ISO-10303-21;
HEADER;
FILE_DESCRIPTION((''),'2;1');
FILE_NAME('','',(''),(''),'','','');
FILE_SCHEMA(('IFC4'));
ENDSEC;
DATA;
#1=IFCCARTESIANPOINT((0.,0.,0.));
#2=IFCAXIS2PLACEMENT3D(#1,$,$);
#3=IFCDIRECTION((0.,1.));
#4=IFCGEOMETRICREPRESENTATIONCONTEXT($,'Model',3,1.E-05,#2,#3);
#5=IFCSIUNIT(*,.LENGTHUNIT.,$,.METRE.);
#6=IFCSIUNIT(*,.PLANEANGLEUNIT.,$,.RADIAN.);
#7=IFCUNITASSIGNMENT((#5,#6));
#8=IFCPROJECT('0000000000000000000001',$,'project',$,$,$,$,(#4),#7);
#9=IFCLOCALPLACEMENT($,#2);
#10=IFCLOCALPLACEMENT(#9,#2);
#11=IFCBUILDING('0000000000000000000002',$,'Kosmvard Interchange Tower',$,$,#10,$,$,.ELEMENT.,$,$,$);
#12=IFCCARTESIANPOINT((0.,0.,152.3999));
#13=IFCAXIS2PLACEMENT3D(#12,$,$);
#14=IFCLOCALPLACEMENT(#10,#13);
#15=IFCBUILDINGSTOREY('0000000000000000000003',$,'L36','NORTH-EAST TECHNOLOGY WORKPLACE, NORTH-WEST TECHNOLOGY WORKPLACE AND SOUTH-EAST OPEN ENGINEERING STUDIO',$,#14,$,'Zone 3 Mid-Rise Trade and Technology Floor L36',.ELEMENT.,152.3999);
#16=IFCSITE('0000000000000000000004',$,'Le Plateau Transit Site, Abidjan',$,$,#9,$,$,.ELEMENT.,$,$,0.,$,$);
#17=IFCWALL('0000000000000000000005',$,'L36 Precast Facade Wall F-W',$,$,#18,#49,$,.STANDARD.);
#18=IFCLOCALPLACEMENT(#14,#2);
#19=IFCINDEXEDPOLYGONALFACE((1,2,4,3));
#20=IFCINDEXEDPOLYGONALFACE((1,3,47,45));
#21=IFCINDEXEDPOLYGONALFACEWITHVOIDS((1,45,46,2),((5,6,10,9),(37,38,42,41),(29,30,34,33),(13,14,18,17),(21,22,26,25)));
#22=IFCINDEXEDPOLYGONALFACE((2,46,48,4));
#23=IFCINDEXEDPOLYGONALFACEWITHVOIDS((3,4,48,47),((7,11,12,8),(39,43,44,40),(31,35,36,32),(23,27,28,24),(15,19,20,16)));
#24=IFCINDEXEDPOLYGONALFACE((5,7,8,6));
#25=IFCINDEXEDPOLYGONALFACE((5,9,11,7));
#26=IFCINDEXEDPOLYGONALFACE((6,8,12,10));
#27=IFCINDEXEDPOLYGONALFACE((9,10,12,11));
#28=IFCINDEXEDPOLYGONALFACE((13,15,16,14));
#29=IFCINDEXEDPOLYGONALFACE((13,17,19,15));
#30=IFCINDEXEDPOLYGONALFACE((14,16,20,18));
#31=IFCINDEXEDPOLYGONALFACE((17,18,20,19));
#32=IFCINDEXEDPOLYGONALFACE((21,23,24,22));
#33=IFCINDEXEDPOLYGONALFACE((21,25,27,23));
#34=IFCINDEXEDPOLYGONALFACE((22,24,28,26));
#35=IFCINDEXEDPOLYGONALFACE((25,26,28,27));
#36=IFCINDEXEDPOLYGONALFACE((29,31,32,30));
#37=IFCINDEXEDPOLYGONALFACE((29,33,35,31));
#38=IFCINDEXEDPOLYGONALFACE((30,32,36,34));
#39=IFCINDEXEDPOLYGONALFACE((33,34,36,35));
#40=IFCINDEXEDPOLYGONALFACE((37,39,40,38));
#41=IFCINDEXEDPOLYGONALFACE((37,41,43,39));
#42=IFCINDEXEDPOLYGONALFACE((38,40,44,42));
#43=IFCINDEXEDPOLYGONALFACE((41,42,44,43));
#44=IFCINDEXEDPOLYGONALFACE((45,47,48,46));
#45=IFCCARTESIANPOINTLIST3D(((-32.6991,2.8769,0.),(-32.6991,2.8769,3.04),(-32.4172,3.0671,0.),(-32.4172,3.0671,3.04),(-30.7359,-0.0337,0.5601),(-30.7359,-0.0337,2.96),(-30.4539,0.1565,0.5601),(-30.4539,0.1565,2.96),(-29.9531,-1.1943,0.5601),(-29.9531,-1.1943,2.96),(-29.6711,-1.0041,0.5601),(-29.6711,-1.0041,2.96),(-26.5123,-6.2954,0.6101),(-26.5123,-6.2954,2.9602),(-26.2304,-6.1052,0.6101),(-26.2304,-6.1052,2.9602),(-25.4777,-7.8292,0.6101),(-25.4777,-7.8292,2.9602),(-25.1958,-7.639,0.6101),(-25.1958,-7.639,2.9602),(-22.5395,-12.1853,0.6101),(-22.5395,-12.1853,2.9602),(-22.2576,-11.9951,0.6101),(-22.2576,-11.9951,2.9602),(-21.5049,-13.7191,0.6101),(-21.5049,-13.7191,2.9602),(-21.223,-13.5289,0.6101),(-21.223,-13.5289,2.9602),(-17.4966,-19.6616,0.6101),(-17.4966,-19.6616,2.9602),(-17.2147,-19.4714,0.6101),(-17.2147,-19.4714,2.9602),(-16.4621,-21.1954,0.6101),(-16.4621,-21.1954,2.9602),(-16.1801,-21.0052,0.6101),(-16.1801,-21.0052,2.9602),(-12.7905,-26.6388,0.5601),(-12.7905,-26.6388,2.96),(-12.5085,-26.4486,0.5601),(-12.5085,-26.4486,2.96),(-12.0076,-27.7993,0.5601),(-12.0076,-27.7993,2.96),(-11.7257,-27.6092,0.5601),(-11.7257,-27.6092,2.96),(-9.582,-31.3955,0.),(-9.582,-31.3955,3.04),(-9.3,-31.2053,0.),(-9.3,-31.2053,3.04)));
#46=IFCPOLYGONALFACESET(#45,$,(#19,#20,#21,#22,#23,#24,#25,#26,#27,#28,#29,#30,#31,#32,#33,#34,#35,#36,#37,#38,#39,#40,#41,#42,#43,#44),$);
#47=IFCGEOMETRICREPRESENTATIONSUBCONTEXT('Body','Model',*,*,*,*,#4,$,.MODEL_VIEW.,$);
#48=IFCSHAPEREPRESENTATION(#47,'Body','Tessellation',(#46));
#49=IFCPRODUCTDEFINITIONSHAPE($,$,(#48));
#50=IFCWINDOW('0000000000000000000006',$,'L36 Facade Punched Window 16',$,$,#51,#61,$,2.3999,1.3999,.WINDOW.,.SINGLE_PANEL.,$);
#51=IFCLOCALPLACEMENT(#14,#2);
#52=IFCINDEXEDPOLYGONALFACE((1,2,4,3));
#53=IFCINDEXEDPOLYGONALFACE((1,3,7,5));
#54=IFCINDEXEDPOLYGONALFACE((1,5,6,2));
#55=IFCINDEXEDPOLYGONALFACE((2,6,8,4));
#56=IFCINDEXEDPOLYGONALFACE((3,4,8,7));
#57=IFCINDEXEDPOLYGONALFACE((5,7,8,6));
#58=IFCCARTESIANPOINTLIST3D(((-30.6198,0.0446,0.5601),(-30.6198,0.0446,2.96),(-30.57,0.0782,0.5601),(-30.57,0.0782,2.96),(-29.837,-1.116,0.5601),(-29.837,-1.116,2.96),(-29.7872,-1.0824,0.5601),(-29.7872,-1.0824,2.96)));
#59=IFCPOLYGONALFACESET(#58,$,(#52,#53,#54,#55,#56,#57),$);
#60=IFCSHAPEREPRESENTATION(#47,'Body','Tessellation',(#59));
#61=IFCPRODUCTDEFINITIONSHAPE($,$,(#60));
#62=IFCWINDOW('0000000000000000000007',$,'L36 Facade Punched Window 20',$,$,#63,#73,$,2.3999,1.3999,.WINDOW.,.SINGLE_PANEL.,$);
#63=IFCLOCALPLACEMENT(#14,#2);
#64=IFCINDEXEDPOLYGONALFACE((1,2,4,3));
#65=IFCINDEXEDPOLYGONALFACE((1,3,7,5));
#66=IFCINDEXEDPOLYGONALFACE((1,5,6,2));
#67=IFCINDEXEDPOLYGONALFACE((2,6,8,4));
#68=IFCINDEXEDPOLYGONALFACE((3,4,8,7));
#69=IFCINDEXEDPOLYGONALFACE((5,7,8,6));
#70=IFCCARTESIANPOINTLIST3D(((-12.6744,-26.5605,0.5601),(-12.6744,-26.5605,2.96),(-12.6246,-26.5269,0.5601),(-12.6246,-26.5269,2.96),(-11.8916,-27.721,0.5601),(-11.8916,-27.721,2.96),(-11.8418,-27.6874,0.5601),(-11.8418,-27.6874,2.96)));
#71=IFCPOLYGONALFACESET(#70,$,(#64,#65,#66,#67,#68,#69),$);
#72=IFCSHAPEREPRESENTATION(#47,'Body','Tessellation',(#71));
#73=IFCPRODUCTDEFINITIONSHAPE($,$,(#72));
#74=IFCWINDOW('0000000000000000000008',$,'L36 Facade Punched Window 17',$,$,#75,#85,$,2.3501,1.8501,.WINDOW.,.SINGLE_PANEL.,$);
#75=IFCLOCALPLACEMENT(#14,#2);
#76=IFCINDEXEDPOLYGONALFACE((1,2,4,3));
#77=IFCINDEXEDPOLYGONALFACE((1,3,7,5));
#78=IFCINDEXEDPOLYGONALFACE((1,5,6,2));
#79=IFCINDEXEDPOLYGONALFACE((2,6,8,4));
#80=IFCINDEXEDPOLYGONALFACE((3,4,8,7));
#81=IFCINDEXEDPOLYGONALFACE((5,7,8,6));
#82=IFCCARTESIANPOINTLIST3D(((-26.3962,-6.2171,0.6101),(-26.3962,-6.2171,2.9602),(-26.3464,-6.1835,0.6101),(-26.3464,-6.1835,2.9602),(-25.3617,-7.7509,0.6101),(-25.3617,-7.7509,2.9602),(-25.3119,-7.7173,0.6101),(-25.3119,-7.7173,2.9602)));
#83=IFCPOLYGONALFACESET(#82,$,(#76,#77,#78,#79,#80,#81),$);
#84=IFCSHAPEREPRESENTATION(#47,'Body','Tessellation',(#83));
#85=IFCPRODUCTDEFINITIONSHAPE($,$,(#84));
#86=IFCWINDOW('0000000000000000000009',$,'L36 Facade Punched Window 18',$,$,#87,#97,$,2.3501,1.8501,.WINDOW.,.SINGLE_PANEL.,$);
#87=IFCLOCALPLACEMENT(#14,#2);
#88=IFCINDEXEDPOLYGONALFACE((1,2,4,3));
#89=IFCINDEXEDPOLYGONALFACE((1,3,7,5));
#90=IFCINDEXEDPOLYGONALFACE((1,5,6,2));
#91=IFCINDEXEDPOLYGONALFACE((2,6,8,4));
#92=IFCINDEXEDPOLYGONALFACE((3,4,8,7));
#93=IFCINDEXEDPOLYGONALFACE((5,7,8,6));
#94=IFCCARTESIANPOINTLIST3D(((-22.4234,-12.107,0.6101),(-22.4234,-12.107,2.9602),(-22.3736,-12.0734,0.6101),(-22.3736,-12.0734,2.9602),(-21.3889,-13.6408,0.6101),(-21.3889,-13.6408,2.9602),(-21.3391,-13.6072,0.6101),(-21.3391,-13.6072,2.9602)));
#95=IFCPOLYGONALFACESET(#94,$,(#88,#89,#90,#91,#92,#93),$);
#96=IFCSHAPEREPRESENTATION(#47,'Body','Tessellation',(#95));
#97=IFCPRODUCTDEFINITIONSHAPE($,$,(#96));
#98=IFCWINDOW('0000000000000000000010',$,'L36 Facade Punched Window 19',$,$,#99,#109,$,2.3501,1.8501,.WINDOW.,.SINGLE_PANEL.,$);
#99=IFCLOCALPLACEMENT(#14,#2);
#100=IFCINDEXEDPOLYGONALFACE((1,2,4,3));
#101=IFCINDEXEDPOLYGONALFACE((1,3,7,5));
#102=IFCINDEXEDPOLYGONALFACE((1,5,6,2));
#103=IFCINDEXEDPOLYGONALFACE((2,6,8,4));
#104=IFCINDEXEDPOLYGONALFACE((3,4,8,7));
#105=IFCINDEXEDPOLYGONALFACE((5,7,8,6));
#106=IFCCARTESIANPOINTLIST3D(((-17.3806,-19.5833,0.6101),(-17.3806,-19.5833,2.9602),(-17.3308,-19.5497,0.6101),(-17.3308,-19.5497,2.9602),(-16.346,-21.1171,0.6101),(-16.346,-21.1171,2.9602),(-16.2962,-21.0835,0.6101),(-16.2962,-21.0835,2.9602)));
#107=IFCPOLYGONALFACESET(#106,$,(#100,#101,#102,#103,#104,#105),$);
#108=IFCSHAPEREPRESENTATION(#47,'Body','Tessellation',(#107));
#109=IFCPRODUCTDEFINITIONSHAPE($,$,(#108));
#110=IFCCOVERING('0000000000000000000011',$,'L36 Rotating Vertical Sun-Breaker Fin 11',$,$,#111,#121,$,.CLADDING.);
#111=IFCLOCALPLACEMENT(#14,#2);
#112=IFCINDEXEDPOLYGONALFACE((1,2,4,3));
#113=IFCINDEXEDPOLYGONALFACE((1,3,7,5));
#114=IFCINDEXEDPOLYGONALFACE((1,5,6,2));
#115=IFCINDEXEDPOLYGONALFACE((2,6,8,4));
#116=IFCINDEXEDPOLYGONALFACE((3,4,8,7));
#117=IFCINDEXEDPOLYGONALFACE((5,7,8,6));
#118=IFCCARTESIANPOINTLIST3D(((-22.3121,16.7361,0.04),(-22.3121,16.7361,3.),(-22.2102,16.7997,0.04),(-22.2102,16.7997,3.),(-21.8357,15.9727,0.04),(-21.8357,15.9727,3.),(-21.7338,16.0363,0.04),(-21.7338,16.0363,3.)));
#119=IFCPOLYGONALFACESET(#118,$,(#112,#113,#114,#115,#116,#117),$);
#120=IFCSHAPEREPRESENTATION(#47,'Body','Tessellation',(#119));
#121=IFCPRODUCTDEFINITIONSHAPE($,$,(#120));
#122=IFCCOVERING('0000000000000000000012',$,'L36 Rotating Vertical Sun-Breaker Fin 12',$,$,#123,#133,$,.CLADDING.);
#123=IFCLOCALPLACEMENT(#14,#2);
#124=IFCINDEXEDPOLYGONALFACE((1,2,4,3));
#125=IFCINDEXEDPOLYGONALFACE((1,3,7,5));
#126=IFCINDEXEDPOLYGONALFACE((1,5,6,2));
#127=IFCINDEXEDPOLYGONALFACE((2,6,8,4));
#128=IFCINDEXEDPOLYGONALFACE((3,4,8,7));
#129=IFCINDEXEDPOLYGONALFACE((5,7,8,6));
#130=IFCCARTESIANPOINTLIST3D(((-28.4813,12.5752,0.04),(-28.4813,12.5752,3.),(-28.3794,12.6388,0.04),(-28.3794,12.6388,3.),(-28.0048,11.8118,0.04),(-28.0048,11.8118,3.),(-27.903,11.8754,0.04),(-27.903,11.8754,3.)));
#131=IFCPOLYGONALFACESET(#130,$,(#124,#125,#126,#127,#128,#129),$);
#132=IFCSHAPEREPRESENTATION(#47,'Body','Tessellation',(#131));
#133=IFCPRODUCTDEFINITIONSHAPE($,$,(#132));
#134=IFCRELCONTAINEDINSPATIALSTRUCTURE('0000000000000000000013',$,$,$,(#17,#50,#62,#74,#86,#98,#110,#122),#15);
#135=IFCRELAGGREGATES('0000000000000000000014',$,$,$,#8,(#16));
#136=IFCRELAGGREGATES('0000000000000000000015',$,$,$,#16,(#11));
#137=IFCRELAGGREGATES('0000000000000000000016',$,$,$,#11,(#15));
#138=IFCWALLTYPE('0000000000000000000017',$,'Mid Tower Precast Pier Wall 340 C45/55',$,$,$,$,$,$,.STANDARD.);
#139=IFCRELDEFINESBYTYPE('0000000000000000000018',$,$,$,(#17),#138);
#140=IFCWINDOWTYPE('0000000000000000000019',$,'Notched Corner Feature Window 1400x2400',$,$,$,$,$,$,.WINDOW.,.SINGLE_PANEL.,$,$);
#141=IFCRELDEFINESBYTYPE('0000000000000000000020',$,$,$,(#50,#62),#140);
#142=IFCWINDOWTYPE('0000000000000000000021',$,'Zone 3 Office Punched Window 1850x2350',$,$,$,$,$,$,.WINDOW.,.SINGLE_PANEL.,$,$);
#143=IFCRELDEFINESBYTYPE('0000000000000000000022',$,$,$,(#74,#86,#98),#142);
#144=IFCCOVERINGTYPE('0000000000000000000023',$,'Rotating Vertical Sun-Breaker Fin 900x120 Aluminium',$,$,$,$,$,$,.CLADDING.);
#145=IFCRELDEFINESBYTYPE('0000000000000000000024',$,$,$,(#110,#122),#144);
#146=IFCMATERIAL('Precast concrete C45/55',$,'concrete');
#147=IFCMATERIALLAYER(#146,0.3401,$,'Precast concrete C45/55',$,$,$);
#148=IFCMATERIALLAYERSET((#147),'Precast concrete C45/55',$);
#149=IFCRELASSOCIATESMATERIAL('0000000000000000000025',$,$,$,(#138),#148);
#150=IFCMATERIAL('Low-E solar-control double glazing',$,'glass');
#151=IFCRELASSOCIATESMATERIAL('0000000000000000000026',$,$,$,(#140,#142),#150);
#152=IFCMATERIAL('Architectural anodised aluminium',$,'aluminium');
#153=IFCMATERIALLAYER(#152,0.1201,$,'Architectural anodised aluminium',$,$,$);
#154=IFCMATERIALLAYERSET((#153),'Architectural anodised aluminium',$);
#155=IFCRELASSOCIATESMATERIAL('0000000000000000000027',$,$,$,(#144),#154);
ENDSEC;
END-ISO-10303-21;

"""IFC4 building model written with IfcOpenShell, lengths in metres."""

from ifc_helpers import new_model, si_unit, direction, frame, frame_2d, origin, origin_2d, place, context, subcontext, project, spatial, rectangle, extrude, source, transform, mapped, material, layer, layer_set, type_object, element, fill, save


model = new_model("IFC4")

# Units and contexts
model_context = context("Model", 3, precision=1e-05, world=origin(), true_north=direction((0.0, 1.0)))
body_context = subcontext(model_context, "Body", "Model", "MODEL_VIEW")
ifc_project = project(units=[si_unit("LENGTHUNIT", "METRE"), si_unit("PLANEANGLEUNIT", "RADIAN")], contexts=[model_context])

# Site, building, storey
site_placement = place(None, origin())
site = spatial("IfcSite", under=ifc_project, at=site_placement, Name="Le Plateau Transit Site, Abidjan", CompositionType="ELEMENT", RefElevation=0.0)
building_placement = place(site_placement, origin())
building = spatial("IfcBuilding", under=site, at=building_placement, Name="Kosmvard Interchange Tower", CompositionType="ELEMENT")
storey_placement = place(building_placement, frame((0.0, 0.0, 152.3999)))
storey = spatial("IfcBuildingStorey", under=building, at=storey_placement, Name="L36", Description="NORTH-EAST TECHNOLOGY WORKPLACE, NORTH-WEST TECHNOLOGY WORKPLACE AND SOUTH-EAST OPEN ENGINEERING STUDIO", LongName="Zone 3 Mid-Rise Trade and Technology Floor L36", CompositionType="ELEMENT", Elevation=152.3999)

# Shared definitions
ifc_material_1 = material(Name="Precast concrete C45/55", Category="concrete")

# Shared definitions
ifc_layer_1 = layer(ifc_material_1, 0.3401, Name="Precast concrete C45/55")
ifc_layer_set_1 = layer_set([ifc_layer_1], Name="Precast concrete C45/55")
wall_type_1 = type_object("IfcWallType", Name="Mid Tower Precast Pier Wall 340 C45/55", PredefinedType="STANDARD", material=ifc_layer_set_1)

# Shared definitions
ifc_material_2 = material(Name="Low-E solar-control double glazing", Category="glass")
window_type_1 = type_object("IfcWindowType", Name="Notched Corner Feature Window 1400x2400", PartitioningType="SINGLE_PANEL", PredefinedType="WINDOW", material=ifc_material_2)
shared_shape_1 = source(origin(), body_context, "Body", "SweptSolid", [
    extrude(rectangle(XDim=1.3999, YDim=2.3999, at=frame_2d((0.7, 1.2))), frame((0.0, 0.03, 0.0), z_axis=(0.0, -1.0, 0.0), x_axis=(1.0, 0.0, 0.0)), (0.0, 0.0, 1.0), 0.0601),
])

# Wall, openings, windows
wall_1_placement = place(storey_placement, frame((-32.5581, 2.9719, 0.0), z_axis=(0.0, 0.0, 1.0), x_axis=(0.559195, -0.829036, 0.0)))
wall_1 = element("IfcWall", 1, at=wall_1_placement, inside=storey, type_object=wall_type_1, Name="L36 Precast Facade Wall F-W", PredefinedType="STANDARD", context=body_context, shape_type="SweptSolid", body=[
    extrude(rectangle(XDim=41.3401, YDim=0.3401, at=frame_2d((20.6699, 0.0))), origin(), (0.0, 0.0, 1.0), 3.04),
])
opening_1_placement = place(wall_1_placement, frame((3.5107, 0.0, 0.5601)))
opening_1 = element("IfcOpeningElement", 2, at=opening_1_placement, cuts=wall_1, PredefinedType="OPENING", context=body_context, shape_type="SweptSolid", body=[
    extrude(rectangle(XDim=1.3999, YDim=2.3999, at=frame_2d((0.7, 1.2))), frame((0.0, 0.1802, 0.0), z_axis=(0.0, -1.0, 0.0), x_axis=(1.0, 0.0, 0.0)), (0.0, 0.0, 1.0), 0.3601),
])
opening_2_placement = place(wall_1_placement, frame((11.0637, 0.0, 0.6101)))
opening_2 = element("IfcOpeningElement", 3, at=opening_2_placement, cuts=wall_1, PredefinedType="OPENING", context=body_context, shape_type="SweptSolid", body=[
    extrude(rectangle(XDim=1.8501, YDim=2.3501, at=frame_2d((0.925, 1.175))), frame((0.0, 0.1802, 0.0), z_axis=(0.0, -1.0, 0.0), x_axis=(1.0, 0.0, 0.0)), (0.0, 0.0, 1.0), 0.3601),
])
opening_3_placement = place(wall_1_placement, frame((18.1682, 0.0, 0.6101)))
opening_3 = element("IfcOpeningElement", 4, at=opening_3_placement, cuts=wall_1, PredefinedType="OPENING", context=body_context, shape_type="SweptSolid", body=[
    extrude(rectangle(XDim=1.8501, YDim=2.3501, at=frame_2d((0.925, 1.175))), frame((0.0, 0.1802, 0.0), z_axis=(0.0, -1.0, 0.0), x_axis=(1.0, 0.0, 0.0)), (0.0, 0.0, 1.0), 0.3601),
])
opening_4_placement = place(wall_1_placement, frame((27.1863, 0.0, 0.6101)))
opening_4 = element("IfcOpeningElement", 5, at=opening_4_placement, cuts=wall_1, PredefinedType="OPENING", context=body_context, shape_type="SweptSolid", body=[
    extrude(rectangle(XDim=1.8501, YDim=2.3501, at=frame_2d((0.925, 1.175))), frame((0.0, 0.1802, 0.0), z_axis=(0.0, -1.0, 0.0), x_axis=(1.0, 0.0, 0.0)), (0.0, 0.0, 1.0), 0.3601),
])
opening_5_placement = place(wall_1_placement, frame((35.6023, 0.0, 0.5601)))
opening_5 = element("IfcOpeningElement", 6, at=opening_5_placement, cuts=wall_1, PredefinedType="OPENING", context=body_context, shape_type="SweptSolid", body=[
    extrude(rectangle(XDim=1.3999, YDim=2.3999, at=frame_2d((0.7, 1.2))), frame((0.0, 0.1802, 0.0), z_axis=(0.0, -1.0, 0.0), x_axis=(1.0, 0.0, 0.0)), (0.0, 0.0, 1.0), 0.3601),
])
window_1_placement = place(opening_1_placement, origin())
window_1 = element("IfcWindow", 7, at=window_1_placement, inside=storey, type_object=window_type_1, Name="L36 Facade Punched Window 16", OverallHeight=2.3999, OverallWidth=1.3999, PartitioningType="SINGLE_PANEL", PredefinedType="WINDOW", context=body_context, shape_type="MappedRepresentation", body=[
    mapped(shared_shape_1, transform((0.0, 0.0, 0.0), scale=1.0)),
])
fill(opening_1, window_1)
window_2_placement = place(opening_5_placement, origin())
window_2 = element("IfcWindow", 8, at=window_2_placement, inside=storey, type_object=window_type_1, Name="L36 Facade Punched Window 20", OverallHeight=2.3999, OverallWidth=1.3999, PartitioningType="SINGLE_PANEL", PredefinedType="WINDOW", context=body_context, shape_type="MappedRepresentation", body=[
    mapped(shared_shape_1, transform((0.0, 0.0, 0.0), scale=1.0)),
])
fill(opening_5, window_2)
window_type_2 = type_object("IfcWindowType", Name="Zone 3 Office Punched Window 1850x2350", PartitioningType="SINGLE_PANEL", PredefinedType="WINDOW", material=ifc_material_2)
shared_shape_2 = source(origin(), body_context, "Body", "SweptSolid", [
    extrude(rectangle(XDim=1.8501, YDim=2.3501, at=frame_2d((0.925, 1.175))), frame((0.0, 0.03, 0.0), z_axis=(0.0, -1.0, 0.0), x_axis=(1.0, 0.0, 0.0)), (0.0, 0.0, 1.0), 0.0601),
])
window_3_placement = place(opening_2_placement, origin())
window_3 = element("IfcWindow", 9, at=window_3_placement, inside=storey, type_object=window_type_2, Name="L36 Facade Punched Window 17", OverallHeight=2.3501, OverallWidth=1.8501, PartitioningType="SINGLE_PANEL", PredefinedType="WINDOW", context=body_context, shape_type="MappedRepresentation", body=[
    mapped(shared_shape_2, transform((0.0, 0.0, 0.0), scale=1.0)),
])
fill(opening_2, window_3)
window_4_placement = place(opening_3_placement, origin())
window_4 = element("IfcWindow", 10, at=window_4_placement, inside=storey, type_object=window_type_2, Name="L36 Facade Punched Window 18", OverallHeight=2.3501, OverallWidth=1.8501, PartitioningType="SINGLE_PANEL", PredefinedType="WINDOW", context=body_context, shape_type="MappedRepresentation", body=[
    mapped(shared_shape_2, transform((0.0, 0.0, 0.0), scale=1.0)),
])
fill(opening_3, window_4)
window_5_placement = place(opening_4_placement, origin())
window_5 = element("IfcWindow", 11, at=window_5_placement, inside=storey, type_object=window_type_2, Name="L36 Facade Punched Window 19", OverallHeight=2.3501, OverallWidth=1.8501, PartitioningType="SINGLE_PANEL", PredefinedType="WINDOW", context=body_context, shape_type="MappedRepresentation", body=[
    mapped(shared_shape_2, transform((0.0, 0.0, 0.0), scale=1.0)),
])
fill(opening_4, window_5)

# Coverings
ifc_material_3 = material(Name="Architectural anodised aluminium", Category="aluminium")
ifc_layer_2 = layer(ifc_material_3, 0.1201, Name="Architectural anodised aluminium")
ifc_layer_set_2 = layer_set([ifc_layer_2], Name="Architectural anodised aluminium")
covering_type = type_object("IfcCoveringType", Name="Rotating Vertical Sun-Breaker Fin 900x120 Aluminium", PredefinedType="CLADDING", material=ifc_layer_set_2)
shared_shape_3 = source(origin(), body_context, "Body", "SweptSolid", [
    extrude(rectangle(XDim=0.8999, YDim=0.1201, at=origin_2d()), origin(), (0.0, 0.0, 1.0), 2.96),
])
for number, where, z_axis, x_axis, name in (
    (12, (-22.0229, 16.3862, 0.04), (0.0, 0.0, 1.0), (-0.529475, 0.848325, 0.0), "L36 Rotating Vertical Sun-Breaker Fin 11"),
    (13, (-28.1921, 12.2253, 0.04), (0.0, 0.0, 1.0), (-0.529475, 0.848325, 0.0), "L36 Rotating Vertical Sun-Breaker Fin 12"),
):
    element("IfcCovering", number, at=place(storey_placement, frame(where, z_axis=z_axis, x_axis=x_axis)), inside=storey, type_object=covering_type, Name=name, PredefinedType="CLADDING", context=body_context, shape_type="MappedRepresentation", body=[
        mapped(shared_shape_3, transform((0.0, 0.0, 0.0), scale=1.0)),
    ])

save(model, "model.ifc")
